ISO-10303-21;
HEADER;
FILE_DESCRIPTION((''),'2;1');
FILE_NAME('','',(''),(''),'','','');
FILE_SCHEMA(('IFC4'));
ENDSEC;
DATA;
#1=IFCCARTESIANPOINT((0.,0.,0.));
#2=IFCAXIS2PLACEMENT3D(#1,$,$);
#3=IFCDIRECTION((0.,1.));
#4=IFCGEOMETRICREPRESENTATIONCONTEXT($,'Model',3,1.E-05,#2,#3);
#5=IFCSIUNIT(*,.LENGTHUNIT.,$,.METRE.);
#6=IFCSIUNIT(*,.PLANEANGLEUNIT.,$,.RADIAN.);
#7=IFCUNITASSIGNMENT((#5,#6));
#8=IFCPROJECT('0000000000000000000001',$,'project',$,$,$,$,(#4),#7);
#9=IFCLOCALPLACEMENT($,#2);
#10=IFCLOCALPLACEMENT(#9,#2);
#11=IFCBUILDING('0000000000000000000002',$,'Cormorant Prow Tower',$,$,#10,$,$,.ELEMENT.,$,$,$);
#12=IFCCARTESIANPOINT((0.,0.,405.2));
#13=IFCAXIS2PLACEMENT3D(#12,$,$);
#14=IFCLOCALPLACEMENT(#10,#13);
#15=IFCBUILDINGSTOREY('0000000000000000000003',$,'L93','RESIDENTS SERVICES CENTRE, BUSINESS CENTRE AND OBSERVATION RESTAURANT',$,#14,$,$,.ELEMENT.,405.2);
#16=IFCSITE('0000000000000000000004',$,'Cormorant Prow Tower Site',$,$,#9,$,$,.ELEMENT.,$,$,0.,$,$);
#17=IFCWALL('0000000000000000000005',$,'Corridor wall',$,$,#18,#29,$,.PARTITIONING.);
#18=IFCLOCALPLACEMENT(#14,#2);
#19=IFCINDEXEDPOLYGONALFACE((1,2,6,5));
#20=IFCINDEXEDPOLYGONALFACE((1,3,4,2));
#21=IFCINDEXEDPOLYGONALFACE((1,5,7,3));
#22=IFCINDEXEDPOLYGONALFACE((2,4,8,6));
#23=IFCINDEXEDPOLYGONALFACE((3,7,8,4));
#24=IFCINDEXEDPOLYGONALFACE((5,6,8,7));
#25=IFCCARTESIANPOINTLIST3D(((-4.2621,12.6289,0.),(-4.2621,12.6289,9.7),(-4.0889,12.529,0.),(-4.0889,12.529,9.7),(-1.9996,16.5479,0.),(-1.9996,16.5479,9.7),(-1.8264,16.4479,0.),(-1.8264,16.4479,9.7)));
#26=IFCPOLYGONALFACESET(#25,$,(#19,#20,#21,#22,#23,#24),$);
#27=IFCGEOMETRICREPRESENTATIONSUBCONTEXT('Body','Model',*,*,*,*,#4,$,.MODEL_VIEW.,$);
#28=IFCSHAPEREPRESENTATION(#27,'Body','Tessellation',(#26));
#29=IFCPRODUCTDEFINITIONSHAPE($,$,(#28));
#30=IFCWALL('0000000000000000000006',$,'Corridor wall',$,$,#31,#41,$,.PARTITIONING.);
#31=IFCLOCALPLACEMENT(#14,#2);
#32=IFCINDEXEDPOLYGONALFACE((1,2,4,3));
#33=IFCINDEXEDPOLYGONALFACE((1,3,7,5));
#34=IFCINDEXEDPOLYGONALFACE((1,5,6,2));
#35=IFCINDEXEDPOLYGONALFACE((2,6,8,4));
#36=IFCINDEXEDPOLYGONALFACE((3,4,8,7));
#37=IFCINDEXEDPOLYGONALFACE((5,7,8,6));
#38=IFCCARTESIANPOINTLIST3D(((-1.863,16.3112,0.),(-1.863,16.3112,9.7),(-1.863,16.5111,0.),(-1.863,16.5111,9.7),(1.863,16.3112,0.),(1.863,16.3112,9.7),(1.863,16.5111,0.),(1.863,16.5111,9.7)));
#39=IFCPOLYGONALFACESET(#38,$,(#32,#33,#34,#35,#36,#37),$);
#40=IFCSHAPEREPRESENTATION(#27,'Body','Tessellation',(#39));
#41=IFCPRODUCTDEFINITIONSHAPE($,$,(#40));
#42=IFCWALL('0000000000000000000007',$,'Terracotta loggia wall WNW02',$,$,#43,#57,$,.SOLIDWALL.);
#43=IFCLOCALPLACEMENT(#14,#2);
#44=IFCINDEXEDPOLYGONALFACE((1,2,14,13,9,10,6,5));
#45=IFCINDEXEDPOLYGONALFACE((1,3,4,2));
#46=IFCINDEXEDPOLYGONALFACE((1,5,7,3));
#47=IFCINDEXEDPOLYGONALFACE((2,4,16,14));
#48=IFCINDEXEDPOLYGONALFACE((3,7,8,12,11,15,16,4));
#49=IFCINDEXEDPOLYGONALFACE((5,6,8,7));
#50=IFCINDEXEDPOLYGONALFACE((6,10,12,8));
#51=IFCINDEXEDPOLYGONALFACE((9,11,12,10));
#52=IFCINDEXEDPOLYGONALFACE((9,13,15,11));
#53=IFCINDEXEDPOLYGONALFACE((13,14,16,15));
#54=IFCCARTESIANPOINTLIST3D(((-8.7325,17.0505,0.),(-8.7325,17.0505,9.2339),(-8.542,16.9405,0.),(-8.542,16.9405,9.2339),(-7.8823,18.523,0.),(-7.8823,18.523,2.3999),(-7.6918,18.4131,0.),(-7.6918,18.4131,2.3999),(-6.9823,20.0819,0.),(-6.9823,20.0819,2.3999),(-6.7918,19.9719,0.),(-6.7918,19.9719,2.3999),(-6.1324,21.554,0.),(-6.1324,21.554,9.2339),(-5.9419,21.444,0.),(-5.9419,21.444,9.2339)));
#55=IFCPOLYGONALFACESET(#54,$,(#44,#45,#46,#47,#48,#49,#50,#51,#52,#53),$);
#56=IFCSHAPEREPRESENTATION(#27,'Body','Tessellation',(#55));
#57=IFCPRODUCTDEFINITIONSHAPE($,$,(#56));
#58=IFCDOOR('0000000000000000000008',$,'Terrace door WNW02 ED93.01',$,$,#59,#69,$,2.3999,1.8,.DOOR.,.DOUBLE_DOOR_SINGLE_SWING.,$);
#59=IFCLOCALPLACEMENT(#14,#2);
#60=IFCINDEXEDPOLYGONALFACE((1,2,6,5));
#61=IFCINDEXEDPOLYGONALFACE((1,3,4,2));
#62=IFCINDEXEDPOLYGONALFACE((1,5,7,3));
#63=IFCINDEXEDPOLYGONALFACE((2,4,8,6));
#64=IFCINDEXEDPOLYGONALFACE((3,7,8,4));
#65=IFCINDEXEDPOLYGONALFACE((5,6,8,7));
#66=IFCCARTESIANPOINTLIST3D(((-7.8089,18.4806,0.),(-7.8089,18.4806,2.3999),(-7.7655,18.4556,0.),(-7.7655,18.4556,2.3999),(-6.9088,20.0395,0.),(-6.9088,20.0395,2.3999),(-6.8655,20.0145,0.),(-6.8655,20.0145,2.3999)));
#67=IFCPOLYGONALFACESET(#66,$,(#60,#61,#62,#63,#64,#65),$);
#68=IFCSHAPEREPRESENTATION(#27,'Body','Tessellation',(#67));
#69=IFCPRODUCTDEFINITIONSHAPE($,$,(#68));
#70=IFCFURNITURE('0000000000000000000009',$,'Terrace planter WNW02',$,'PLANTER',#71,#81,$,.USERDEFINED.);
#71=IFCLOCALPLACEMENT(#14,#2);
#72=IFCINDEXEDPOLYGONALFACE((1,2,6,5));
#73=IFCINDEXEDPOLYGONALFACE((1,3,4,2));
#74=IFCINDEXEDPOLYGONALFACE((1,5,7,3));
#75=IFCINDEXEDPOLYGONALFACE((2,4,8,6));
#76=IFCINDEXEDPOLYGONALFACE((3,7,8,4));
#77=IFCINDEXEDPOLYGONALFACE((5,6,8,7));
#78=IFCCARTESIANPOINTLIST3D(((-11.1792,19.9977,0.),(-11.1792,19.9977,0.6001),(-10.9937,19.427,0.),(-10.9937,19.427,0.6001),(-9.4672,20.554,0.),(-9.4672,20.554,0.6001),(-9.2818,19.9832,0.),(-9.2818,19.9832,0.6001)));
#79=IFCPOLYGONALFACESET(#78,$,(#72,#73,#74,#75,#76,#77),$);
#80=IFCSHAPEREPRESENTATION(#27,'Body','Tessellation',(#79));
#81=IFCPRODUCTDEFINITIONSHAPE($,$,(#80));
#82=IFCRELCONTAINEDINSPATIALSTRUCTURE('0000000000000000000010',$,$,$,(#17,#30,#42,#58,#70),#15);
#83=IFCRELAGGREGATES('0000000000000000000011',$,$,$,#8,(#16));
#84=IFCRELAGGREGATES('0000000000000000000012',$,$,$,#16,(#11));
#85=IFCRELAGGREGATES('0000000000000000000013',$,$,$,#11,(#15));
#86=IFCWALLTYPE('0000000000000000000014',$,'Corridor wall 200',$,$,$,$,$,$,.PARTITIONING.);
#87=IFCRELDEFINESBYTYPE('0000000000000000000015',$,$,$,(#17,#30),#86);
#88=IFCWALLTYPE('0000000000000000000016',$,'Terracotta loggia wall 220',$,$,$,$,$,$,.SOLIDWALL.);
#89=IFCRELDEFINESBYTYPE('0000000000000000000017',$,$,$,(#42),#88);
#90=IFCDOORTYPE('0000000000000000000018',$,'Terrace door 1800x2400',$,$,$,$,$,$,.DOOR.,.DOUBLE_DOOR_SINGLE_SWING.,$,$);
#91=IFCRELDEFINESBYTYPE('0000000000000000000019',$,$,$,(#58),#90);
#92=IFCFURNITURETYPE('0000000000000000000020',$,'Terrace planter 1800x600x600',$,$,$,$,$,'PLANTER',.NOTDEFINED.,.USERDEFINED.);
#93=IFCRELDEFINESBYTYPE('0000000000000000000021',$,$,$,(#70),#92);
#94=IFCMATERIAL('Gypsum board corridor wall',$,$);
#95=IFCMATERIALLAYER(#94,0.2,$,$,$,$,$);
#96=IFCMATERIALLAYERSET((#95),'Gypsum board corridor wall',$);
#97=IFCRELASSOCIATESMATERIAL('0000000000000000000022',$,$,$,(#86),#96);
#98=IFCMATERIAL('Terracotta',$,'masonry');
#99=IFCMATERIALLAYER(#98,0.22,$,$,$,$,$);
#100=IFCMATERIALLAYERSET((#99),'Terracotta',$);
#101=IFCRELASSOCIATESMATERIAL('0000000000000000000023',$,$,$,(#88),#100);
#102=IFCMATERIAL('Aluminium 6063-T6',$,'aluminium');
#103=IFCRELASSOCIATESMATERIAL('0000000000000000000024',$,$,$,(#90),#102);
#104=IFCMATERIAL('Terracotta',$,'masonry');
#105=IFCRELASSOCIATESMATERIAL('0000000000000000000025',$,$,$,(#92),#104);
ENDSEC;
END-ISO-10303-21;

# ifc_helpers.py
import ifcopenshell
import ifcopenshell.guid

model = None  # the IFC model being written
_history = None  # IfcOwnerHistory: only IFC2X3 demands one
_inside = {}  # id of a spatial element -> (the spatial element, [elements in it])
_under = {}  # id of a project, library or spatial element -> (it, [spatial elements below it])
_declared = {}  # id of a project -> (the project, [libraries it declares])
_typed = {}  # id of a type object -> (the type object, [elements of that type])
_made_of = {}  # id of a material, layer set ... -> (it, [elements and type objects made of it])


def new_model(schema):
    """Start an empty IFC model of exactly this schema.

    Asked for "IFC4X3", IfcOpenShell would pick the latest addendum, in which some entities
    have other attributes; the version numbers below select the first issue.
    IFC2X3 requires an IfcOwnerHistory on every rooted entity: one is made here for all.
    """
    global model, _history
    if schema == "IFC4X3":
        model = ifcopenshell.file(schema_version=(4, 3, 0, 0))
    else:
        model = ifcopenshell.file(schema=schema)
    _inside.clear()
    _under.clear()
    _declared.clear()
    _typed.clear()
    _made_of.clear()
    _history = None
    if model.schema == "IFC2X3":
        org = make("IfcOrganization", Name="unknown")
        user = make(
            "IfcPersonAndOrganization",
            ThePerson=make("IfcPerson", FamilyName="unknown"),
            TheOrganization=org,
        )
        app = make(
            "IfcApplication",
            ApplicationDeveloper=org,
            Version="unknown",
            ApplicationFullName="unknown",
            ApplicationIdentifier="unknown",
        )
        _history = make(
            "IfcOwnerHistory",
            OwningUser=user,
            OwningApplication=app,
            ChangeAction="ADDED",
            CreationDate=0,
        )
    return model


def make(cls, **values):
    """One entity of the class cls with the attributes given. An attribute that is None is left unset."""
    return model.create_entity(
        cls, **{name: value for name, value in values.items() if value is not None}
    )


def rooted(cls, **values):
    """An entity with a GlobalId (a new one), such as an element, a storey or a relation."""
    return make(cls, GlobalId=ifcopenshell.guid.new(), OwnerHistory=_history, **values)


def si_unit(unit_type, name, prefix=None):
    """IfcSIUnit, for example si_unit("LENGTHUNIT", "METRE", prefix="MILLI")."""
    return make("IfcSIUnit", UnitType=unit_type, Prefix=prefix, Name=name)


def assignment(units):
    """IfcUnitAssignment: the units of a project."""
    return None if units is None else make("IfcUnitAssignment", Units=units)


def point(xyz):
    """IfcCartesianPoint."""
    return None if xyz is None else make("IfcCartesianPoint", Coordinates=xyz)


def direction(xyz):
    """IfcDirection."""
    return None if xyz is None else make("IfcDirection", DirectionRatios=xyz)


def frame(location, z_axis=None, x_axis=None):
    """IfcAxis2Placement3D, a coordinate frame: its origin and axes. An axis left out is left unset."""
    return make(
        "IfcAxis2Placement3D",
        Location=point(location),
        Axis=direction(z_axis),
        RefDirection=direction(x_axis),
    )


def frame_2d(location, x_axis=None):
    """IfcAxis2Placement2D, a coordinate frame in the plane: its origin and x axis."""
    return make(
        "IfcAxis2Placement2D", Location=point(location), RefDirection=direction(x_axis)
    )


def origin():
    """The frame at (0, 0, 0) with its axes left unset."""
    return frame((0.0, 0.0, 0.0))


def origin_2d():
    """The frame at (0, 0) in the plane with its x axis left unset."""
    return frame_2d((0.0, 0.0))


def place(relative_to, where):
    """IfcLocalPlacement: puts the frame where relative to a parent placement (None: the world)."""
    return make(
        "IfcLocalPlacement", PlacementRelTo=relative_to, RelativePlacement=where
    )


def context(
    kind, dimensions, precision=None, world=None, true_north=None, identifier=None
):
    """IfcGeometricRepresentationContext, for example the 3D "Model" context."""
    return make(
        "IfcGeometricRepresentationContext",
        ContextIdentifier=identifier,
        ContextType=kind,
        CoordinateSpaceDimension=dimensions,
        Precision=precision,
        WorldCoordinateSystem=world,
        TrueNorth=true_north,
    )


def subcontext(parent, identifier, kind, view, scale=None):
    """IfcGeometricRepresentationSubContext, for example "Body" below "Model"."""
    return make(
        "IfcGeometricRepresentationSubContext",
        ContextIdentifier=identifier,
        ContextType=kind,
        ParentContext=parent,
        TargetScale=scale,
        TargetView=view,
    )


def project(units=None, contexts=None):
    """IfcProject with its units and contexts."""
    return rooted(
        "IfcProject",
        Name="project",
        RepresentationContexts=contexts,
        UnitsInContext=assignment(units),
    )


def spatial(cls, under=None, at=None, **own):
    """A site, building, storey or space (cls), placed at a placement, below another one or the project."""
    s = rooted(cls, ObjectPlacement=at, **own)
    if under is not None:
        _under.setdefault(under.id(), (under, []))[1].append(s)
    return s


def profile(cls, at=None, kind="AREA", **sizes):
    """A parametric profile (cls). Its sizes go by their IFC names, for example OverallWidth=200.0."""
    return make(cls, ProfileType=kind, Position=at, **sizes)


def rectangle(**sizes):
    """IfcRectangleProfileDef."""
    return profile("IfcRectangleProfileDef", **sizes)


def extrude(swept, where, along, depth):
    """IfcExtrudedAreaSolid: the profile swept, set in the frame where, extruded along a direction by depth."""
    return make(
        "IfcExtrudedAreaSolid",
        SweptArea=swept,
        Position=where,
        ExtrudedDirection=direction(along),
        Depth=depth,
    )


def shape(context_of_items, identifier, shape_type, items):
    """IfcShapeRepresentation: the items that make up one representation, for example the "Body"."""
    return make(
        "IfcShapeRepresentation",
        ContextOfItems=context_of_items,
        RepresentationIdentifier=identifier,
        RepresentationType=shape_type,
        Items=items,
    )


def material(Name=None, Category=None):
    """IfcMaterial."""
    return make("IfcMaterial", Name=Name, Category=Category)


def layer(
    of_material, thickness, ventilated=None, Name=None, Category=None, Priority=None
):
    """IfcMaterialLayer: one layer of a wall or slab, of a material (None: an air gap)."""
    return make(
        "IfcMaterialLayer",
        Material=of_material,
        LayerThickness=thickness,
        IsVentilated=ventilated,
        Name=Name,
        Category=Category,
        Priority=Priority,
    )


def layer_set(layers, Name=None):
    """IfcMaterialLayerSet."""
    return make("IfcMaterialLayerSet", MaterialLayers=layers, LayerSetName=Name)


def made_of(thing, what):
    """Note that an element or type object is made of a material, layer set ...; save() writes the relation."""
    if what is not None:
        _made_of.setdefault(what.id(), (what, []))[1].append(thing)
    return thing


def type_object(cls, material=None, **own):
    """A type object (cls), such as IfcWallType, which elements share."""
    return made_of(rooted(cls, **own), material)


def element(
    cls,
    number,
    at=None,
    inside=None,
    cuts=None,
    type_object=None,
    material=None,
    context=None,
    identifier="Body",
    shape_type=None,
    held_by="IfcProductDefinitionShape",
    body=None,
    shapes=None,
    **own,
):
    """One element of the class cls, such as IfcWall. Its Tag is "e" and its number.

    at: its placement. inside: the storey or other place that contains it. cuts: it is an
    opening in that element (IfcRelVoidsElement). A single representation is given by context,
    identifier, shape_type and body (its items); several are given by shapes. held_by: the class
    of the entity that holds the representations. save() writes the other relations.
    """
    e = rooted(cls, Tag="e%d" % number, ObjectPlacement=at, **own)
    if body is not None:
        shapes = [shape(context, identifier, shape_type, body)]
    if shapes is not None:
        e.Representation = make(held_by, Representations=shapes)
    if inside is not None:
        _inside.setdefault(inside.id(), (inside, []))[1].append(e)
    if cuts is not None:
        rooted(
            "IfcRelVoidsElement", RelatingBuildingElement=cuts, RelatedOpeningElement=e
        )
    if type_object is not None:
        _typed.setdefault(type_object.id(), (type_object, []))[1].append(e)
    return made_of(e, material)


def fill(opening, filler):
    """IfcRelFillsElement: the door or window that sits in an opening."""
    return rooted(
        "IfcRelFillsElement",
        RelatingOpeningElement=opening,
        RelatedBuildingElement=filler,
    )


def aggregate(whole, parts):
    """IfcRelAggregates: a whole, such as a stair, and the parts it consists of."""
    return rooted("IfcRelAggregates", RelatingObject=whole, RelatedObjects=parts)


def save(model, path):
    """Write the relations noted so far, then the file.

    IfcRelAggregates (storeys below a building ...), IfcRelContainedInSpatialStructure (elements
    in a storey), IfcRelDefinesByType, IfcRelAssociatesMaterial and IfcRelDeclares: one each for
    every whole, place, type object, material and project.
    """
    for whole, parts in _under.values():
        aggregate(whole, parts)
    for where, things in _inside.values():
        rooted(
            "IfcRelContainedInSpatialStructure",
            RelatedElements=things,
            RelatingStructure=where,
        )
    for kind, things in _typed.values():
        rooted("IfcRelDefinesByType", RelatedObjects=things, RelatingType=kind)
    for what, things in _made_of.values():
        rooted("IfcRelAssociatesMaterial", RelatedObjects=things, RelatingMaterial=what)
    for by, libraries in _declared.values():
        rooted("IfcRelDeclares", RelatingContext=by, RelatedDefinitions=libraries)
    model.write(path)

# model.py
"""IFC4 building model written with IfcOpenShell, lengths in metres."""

from ifc_helpers import new_model, si_unit, direction, frame, frame_2d, origin, origin_2d, place, context, subcontext, project, spatial, rectangle, extrude, material, layer, layer_set, type_object, element, fill, save


model = new_model("IFC4")

# Units and contexts
model_context = context("Model", 3, precision=1e-05, world=origin(), true_north=direction((0.0, 1.0)))
body_context = subcontext(model_context, "Body", "Model", "MODEL_VIEW")
ifc_project = project(units=[si_unit("LENGTHUNIT", "METRE"), si_unit("PLANEANGLEUNIT", "RADIAN")], contexts=[model_context])

# Site, building, storey
site_placement = place(None, origin())
site = spatial("IfcSite", under=ifc_project, at=site_placement, Name="Cormorant Prow Tower Site", CompositionType="ELEMENT", RefElevation=0.0)
building_placement = place(site_placement, origin())
building = spatial("IfcBuilding", under=site, at=building_placement, Name="Cormorant Prow Tower", CompositionType="ELEMENT")
storey_placement = place(building_placement, frame((0.0, 0.0, 405.2)))
storey = spatial("IfcBuildingStorey", under=building, at=storey_placement, Name="L93", Description="RESIDENTS SERVICES CENTRE, BUSINESS CENTRE AND OBSERVATION RESTAURANT", CompositionType="ELEMENT", Elevation=405.2)

# Walls
ifc_material_1 = material(Name="Gypsum board corridor wall")
ifc_layer_1 = layer(ifc_material_1, 0.2)
ifc_layer_set_1 = layer_set([ifc_layer_1], Name="Gypsum board corridor wall")
wall_type_1 = type_object("IfcWallType", Name="Corridor wall 200", PredefinedType="PARTITIONING", material=ifc_layer_set_1)
wall_1_placement = place(storey_placement, frame((-4.1755, 12.5789, 0.0), z_axis=(0.0, 0.0, 1.0), x_axis=(0.499975, 0.86604, 0.0)))
element("IfcWall", 1, at=wall_1_placement, inside=storey, type_object=wall_type_1, Name="Corridor wall", PredefinedType="PARTITIONING", context=body_context, shape_type="SweptSolid", body=[
    extrude(rectangle(XDim=4.5251, YDim=0.2, at=frame_2d((2.2627, 0.0))), origin(), (0.0, 0.0, 1.0), 9.7),
])
wall_2_placement = place(storey_placement, frame((-1.863, 16.4111, 0.0), z_axis=(0.0, 0.0, 1.0), x_axis=(1.0, 0.0, 0.0)))
element("IfcWall", 2, at=wall_2_placement, inside=storey, type_object=wall_type_1, Name="Corridor wall", PredefinedType="PARTITIONING", context=body_context, shape_type="SweptSolid", body=[
    extrude(rectangle(XDim=3.7261, YDim=0.2, at=frame_2d((1.863, 0.0))), origin(), (0.0, 0.0, 1.0), 9.7),
])

# Wall, opening, door
ifc_material_2 = material(Name="Terracotta", Category="masonry")
ifc_layer_2 = layer(ifc_material_2, 0.22)
ifc_layer_set_2 = layer_set([ifc_layer_2], Name="Terracotta")
wall_type_2 = type_object("IfcWallType", Name="Terracotta loggia wall 220", PredefinedType="SOLIDWALL", material=ifc_layer_set_2)
wall_3_placement = place(storey_placement, frame((-6.0371, 21.499, 0.0), z_axis=(0.0, 0.0, 1.0), x_axis=(-0.500007, -0.866021, 0.0)))
wall_3 = element("IfcWall", 3, at=wall_3_placement, inside=storey, type_object=wall_type_2, Name="Terracotta loggia wall WNW02", PredefinedType="SOLIDWALL", context=body_context, shape_type="SweptSolid", body=[
    extrude(rectangle(XDim=5.2002, YDim=0.22, at=frame_2d((2.6001, 0.0))), origin(), (0.0, 0.0, 1.0), 9.2339),
])
opening_placement = place(wall_3_placement, frame((1.7, 0.0, 0.0)))
opening = element("IfcOpeningElement", 4, at=opening_placement, cuts=wall_3, PredefinedType="OPENING", context=body_context, shape_type="SweptSolid", body=[
    extrude(rectangle(XDim=1.8, YDim=2.3999, at=frame_2d((0.8999, 1.2))), frame((0.0, 0.1199, 0.0), z_axis=(0.0, -1.0, 0.0), x_axis=(1.0, 0.0, 0.0)), (0.0, 0.0, 1.0), 0.24),
])
ifc_material_3 = material(Name="Aluminium 6063-T6", Category="aluminium")
door_type = type_object("IfcDoorType", Name="Terrace door 1800x2400", OperationType="DOUBLE_DOOR_SINGLE_SWING", PredefinedType="DOOR", material=ifc_material_3)
door_placement = place(opening_placement, origin())
door = element("IfcDoor", 5, at=door_placement, inside=storey, type_object=door_type, Name="Terrace door WNW02 ED93.01", OperationType="DOUBLE_DOOR_SINGLE_SWING", OverallHeight=2.3999, OverallWidth=1.8, PredefinedType="DOOR", context=body_context, shape_type="SweptSolid", body=[
    extrude(rectangle(XDim=1.8, YDim=2.3999, at=frame_2d((0.8999, 1.2))), frame((0.0, 0.0249, 0.0), z_axis=(0.0, -1.0, 0.0), x_axis=(1.0, 0.0, 0.0)), (0.0, 0.0, 1.0), 0.05),
])
fill(opening, door)

# Furniture
ifc_material_4 = material(Name="Terracotta", Category="masonry")
furniture_type = type_object("IfcFurnitureType", Name="Terrace planter 1800x600x600", ElementType="PLANTER", AssemblyPlace="NOTDEFINED", PredefinedType="USERDEFINED", material=ifc_material_4)
furniture_placement = place(storey_placement, frame((-10.2305, 19.9905, 0.0), z_axis=(0.0, 0.0, 1.0), x_axis=(-0.951057, -0.309017, 0.0)))
element("IfcFurniture", 6, at=furniture_placement, inside=storey, type_object=furniture_type, Name="Terrace planter WNW02", ObjectType="PLANTER", PredefinedType="USERDEFINED", context=body_context, shape_type="SweptSolid", body=[
    extrude(rectangle(XDim=1.8, YDim=0.6001, at=origin_2d()), origin(), (0.0, 0.0, 1.0), 0.6001),
])

save(model, "model.ifc")
